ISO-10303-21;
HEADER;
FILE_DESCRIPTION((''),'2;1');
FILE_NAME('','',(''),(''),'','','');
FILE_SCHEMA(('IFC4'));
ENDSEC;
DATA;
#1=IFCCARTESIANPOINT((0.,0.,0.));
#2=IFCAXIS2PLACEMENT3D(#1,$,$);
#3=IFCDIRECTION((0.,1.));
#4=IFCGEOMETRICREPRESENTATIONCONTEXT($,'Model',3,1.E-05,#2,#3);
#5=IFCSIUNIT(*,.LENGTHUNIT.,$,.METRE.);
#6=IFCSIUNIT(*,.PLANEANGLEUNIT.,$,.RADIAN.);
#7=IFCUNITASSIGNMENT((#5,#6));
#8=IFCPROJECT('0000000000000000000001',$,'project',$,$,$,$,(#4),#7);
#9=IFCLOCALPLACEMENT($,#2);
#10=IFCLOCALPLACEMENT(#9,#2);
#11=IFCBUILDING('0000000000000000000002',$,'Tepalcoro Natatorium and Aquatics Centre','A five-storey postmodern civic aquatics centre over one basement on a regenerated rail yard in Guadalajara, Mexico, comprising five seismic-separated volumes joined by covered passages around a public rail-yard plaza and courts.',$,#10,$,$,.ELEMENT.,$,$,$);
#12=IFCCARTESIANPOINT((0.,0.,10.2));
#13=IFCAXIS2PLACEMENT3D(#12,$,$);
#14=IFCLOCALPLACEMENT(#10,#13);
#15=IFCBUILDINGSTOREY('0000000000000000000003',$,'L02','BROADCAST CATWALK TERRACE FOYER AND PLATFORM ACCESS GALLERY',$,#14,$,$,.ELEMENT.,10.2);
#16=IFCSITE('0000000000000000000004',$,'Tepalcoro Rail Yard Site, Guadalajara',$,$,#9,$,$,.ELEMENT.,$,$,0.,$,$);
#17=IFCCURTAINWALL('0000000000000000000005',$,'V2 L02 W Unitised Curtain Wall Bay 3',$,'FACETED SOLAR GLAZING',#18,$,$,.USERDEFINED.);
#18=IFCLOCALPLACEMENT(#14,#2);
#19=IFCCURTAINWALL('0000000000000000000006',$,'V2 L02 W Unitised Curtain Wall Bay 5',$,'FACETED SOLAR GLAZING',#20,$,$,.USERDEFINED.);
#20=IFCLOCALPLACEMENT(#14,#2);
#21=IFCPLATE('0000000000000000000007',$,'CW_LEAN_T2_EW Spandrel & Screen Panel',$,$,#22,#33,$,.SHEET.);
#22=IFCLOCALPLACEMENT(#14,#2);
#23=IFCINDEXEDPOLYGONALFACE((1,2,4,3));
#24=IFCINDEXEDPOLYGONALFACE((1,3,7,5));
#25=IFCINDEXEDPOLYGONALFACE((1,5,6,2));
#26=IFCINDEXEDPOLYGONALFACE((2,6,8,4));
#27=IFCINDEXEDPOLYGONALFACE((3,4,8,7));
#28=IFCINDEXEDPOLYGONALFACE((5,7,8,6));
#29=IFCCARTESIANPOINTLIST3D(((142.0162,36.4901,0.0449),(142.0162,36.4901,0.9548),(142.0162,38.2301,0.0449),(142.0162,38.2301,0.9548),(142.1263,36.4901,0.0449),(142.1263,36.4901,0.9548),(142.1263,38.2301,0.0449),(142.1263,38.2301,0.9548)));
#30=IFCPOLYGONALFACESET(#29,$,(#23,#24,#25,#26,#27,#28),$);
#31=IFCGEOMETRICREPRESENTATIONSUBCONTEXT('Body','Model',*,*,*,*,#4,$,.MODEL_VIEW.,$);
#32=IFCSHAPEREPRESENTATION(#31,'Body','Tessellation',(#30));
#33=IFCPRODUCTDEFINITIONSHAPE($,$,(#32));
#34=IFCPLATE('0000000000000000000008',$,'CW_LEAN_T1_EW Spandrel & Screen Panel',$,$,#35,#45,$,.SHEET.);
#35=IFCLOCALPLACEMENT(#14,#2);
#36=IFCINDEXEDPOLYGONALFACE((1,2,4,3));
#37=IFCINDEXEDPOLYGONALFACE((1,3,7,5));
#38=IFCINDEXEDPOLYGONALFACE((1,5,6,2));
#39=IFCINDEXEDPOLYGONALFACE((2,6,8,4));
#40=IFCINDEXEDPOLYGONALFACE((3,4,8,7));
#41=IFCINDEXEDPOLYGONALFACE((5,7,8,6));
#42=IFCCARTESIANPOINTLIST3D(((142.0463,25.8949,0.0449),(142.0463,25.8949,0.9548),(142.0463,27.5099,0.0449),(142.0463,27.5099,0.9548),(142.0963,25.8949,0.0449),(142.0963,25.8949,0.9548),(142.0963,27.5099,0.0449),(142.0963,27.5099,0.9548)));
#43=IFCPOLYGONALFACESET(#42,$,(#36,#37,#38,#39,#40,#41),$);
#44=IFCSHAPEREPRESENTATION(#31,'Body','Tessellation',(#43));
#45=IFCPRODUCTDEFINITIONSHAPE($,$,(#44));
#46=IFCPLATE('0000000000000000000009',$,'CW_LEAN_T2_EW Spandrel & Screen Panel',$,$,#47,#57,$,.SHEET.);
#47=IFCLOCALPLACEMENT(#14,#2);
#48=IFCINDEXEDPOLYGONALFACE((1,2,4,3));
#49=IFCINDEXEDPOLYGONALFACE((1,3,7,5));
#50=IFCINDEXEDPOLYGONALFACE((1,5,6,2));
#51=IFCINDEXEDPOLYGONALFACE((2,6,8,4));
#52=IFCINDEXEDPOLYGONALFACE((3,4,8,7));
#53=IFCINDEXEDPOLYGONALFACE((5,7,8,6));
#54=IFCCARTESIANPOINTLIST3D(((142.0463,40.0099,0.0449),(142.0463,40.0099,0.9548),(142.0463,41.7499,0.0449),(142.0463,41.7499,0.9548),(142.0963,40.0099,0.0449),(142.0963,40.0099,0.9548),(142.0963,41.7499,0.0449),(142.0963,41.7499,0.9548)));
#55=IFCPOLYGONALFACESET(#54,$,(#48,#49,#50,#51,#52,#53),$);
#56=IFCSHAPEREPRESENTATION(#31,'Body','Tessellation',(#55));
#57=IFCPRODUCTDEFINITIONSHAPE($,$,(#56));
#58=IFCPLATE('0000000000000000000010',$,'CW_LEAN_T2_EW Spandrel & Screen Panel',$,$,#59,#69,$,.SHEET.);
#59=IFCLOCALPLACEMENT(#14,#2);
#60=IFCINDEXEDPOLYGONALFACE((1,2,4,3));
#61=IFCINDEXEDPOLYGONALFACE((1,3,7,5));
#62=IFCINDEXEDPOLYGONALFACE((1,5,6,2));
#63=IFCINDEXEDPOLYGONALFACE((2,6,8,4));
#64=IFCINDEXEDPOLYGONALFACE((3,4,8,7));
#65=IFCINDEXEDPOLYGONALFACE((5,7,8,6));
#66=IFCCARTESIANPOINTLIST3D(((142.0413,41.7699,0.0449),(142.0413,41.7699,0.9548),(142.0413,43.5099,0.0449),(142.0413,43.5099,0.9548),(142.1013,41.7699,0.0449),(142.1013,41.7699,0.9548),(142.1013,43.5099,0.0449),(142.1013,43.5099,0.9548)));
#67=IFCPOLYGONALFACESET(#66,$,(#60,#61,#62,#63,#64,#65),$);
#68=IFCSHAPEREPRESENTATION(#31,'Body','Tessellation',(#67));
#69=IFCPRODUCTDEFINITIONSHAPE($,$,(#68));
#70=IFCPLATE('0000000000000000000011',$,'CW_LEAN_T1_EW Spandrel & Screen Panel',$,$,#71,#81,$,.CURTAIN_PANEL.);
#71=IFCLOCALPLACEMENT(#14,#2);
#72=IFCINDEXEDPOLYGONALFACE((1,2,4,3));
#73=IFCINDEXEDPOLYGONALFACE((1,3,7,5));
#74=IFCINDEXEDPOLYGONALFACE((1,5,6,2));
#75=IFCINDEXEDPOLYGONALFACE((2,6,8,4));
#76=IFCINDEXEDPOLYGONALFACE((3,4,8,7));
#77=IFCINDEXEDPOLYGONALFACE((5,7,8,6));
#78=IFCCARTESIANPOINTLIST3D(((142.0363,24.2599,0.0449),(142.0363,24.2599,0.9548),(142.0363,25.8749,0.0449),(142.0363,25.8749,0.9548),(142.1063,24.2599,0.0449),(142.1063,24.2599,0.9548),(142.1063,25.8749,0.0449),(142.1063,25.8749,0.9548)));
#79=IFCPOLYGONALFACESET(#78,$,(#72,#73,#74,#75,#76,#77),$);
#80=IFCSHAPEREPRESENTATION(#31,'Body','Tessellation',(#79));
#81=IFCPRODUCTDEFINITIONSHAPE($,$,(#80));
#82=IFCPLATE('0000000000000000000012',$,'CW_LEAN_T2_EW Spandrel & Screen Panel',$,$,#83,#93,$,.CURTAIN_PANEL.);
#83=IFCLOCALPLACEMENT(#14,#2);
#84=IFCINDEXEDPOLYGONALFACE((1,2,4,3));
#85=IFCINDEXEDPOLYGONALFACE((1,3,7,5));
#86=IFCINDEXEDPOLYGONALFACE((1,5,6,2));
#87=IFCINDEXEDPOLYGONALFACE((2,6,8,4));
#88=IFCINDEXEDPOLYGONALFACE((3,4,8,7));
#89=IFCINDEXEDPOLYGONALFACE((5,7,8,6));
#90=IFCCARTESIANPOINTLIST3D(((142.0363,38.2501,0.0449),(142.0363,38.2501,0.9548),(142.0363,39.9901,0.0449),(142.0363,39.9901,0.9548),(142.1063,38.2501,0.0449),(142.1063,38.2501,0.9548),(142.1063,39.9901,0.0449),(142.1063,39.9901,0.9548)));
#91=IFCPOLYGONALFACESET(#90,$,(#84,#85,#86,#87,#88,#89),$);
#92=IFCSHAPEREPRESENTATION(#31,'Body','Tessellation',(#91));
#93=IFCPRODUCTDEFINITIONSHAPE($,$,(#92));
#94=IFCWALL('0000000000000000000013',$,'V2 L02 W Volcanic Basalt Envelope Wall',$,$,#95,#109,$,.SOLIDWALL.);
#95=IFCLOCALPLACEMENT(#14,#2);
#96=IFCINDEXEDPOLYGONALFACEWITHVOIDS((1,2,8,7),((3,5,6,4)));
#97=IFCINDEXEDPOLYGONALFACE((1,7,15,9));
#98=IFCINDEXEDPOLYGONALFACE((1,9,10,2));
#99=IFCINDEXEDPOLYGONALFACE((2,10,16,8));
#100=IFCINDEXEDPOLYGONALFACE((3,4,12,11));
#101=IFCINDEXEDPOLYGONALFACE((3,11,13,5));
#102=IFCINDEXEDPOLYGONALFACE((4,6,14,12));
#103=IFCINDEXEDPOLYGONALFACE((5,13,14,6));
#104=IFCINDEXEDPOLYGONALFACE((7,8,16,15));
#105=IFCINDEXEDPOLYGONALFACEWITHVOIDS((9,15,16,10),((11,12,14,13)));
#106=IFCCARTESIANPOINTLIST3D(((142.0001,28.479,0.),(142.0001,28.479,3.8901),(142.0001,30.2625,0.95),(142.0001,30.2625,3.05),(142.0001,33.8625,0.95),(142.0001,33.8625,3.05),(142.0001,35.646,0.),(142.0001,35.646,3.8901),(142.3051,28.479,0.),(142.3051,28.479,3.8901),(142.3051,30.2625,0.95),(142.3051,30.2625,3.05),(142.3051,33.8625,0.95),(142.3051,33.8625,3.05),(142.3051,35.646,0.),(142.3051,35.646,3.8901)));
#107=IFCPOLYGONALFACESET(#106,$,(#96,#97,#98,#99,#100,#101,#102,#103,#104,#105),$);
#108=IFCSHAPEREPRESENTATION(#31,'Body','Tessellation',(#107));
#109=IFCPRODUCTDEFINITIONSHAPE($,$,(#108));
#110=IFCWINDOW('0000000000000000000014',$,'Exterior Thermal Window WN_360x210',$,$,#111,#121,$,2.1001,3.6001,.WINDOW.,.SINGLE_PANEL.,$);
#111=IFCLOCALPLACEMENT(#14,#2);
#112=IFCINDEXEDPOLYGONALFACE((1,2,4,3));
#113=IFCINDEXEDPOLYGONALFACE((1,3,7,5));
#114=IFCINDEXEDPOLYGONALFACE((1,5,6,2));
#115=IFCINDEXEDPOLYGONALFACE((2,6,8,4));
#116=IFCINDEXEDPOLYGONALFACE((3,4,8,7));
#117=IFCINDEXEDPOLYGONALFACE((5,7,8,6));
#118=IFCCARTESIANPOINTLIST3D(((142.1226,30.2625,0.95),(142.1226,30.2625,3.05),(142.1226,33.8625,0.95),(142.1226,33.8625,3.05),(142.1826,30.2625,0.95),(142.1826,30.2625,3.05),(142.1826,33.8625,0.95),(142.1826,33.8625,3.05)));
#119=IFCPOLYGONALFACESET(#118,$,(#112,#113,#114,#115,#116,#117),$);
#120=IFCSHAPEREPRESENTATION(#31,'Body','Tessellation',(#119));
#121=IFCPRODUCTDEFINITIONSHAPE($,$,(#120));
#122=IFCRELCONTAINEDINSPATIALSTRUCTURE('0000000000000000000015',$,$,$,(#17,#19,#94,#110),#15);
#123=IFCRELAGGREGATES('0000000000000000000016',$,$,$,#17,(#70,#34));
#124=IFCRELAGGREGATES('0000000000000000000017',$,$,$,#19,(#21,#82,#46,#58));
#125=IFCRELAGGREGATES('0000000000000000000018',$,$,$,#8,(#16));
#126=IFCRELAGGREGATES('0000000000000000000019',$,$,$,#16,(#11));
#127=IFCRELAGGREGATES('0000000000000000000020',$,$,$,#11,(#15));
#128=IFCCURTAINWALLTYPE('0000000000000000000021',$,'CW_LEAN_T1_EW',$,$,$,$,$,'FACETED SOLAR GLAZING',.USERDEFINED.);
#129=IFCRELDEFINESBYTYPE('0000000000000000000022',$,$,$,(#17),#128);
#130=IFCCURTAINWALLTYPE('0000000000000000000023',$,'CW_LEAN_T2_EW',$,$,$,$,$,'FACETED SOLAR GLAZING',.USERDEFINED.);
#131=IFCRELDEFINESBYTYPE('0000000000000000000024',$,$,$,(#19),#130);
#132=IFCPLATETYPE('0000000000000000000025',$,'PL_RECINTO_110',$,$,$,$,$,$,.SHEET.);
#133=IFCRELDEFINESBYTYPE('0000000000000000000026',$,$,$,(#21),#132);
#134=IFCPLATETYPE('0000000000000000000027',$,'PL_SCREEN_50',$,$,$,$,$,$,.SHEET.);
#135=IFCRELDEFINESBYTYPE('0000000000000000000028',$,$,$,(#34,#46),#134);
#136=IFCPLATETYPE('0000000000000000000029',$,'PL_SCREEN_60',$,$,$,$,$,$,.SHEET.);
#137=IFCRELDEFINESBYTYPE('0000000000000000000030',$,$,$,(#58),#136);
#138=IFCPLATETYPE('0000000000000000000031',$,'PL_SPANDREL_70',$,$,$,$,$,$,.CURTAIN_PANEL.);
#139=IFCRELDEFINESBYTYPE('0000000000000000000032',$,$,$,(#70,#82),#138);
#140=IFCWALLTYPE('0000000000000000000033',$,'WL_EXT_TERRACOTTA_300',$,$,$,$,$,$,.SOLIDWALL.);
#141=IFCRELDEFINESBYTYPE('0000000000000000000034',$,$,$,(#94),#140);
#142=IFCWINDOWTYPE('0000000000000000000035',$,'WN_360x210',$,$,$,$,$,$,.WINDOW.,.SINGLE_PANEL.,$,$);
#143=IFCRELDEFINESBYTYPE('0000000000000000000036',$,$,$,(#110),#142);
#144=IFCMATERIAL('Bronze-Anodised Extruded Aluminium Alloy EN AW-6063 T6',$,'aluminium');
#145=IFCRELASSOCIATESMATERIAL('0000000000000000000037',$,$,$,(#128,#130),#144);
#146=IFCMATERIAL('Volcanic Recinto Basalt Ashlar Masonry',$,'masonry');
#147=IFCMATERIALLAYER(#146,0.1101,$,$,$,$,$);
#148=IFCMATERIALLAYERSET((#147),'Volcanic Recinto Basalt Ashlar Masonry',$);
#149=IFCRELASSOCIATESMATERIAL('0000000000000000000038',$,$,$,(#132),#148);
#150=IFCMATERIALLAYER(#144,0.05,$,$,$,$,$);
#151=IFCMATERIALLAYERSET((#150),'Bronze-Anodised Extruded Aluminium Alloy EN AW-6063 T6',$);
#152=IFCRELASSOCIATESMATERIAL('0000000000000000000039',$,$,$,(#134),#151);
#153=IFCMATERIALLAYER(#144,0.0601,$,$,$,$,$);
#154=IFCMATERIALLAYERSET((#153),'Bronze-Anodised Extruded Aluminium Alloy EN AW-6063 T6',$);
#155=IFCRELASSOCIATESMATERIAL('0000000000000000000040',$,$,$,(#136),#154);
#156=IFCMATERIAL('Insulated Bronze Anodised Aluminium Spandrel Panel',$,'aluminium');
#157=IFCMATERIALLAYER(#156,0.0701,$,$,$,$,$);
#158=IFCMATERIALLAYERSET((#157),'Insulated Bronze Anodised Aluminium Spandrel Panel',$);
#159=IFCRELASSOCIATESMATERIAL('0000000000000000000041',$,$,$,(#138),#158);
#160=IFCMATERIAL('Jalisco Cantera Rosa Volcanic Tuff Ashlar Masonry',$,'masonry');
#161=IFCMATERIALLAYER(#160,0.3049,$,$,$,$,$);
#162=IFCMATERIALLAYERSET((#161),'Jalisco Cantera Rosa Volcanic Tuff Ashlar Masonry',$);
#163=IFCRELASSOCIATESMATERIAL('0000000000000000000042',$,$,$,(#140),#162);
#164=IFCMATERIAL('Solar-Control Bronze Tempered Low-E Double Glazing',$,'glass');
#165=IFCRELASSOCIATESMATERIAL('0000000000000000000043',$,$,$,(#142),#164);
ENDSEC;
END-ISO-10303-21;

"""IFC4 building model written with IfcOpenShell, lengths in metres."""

from ifc_helpers import new_model, si_unit, direction, frame, frame_2d, origin, origin_2d, place, context, subcontext, project, spatial, rectangle, extrude, material, layer, layer_set, type_object, element, fill, aggregate, save


model = new_model("IFC4")

# Units and contexts
model_context = context("Model", 3, precision=1e-05, world=origin(), true_north=direction((0.0, 1.0)))
body_context = subcontext(model_context, "Body", "Model", "MODEL_VIEW")
ifc_project = project(units=[si_unit("LENGTHUNIT", "METRE"), si_unit("PLANEANGLEUNIT", "RADIAN")], contexts=[model_context])

# Site, building, storey
site_placement = place(None, origin())
site = spatial("IfcSite", under=ifc_project, at=site_placement, Name="Tepalcoro Rail Yard Site, Guadalajara", CompositionType="ELEMENT", RefElevation=0.0)
building_placement = place(site_placement, origin())
building = spatial("IfcBuilding", under=site, at=building_placement, Name="Tepalcoro Natatorium and Aquatics Centre", Description="A five-storey postmodern civic aquatics centre over one basement on a regenerated rail yard in Guadalajara, Mexico, comprising five seismic-separated volumes joined by covered passages around a public rail-yard plaza and courts.", CompositionType="ELEMENT")
storey_placement = place(building_placement, frame((0.0, 0.0, 10.2)))
storey = spatial("IfcBuildingStorey", under=building, at=storey_placement, Name="L02", Description="BROADCAST CATWALK TERRACE FOYER AND PLATFORM ACCESS GALLERY", CompositionType="ELEMENT", Elevation=10.2)

# Curtain walls
ifc_material_1 = material(Name="Bronze-Anodised Extruded Aluminium Alloy EN AW-6063 T6", Category="aluminium")
curtain_wall_type_1 = type_object("IfcCurtainWallType", Name="CW_LEAN_T1_EW", ElementType="FACETED SOLAR GLAZING", PredefinedType="USERDEFINED", material=ifc_material_1)
curtain_wall_1_placement = place(storey_placement, origin())
curtain_wall_1 = element("IfcCurtainWall", 1, at=curtain_wall_1_placement, inside=storey, type_object=curtain_wall_type_1, Name="V2 L02 W Unitised Curtain Wall Bay 3", ObjectType="FACETED SOLAR GLAZING", PredefinedType="USERDEFINED")
curtain_wall_type_2 = type_object("IfcCurtainWallType", Name="CW_LEAN_T2_EW", ElementType="FACETED SOLAR GLAZING", PredefinedType="USERDEFINED", material=ifc_material_1)
curtain_wall_2_placement = place(storey_placement, origin())
curtain_wall_2 = element("IfcCurtainWall", 2, at=curtain_wall_2_placement, inside=storey, type_object=curtain_wall_type_2, Name="V2 L02 W Unitised Curtain Wall Bay 5", ObjectType="FACETED SOLAR GLAZING", PredefinedType="USERDEFINED")

# Plates
ifc_material_2 = material(Name="Solar-Control Bronze Tempered Low-E Double Glazing", Category="glass")
ifc_material_3 = material(Name="Jalisco Cantera Rosa Volcanic Tuff Ashlar Masonry", Category="masonry")
ifc_material_4 = material(Name="Volcanic Recinto Basalt Ashlar Masonry", Category="masonry")
ifc_layer_1 = layer(ifc_material_4, 0.1101)
ifc_layer_set_1 = layer_set([ifc_layer_1], Name="Volcanic Recinto Basalt Ashlar Masonry")
plate_type_1 = type_object("IfcPlateType", Name="PL_RECINTO_110", PredefinedType="SHEET", material=ifc_layer_set_1)
plate_1_placement = place(storey_placement, frame((142.0713, 37.3601, 0.0449), z_axis=(0.0, 0.0, 1.0), x_axis=(1.0, 0.0, 0.0)))
plate_1 = element("IfcPlate", 3, at=plate_1_placement, type_object=plate_type_1, Name="CW_LEAN_T2_EW Spandrel & Screen Panel", PredefinedType="SHEET", context=body_context, shape_type="SweptSolid", body=[
    extrude(rectangle(XDim=0.1101, YDim=1.74, at=origin_2d()), origin(), (0.0, 0.0, 1.0), 0.9099),
])
ifc_layer_2 = layer(ifc_material_1, 0.05)
ifc_layer_set_2 = layer_set([ifc_layer_2], Name="Bronze-Anodised Extruded Aluminium Alloy EN AW-6063 T6")
plate_type_2 = type_object("IfcPlateType", Name="PL_SCREEN_50", PredefinedType="SHEET", material=ifc_layer_set_2)
plate_2_placement = place(storey_placement, frame((142.0713, 26.7024, 0.0449), z_axis=(0.0, 0.0, 1.0), x_axis=(1.0, 0.0, 0.0)))
plate_2 = element("IfcPlate", 4, at=plate_2_placement, type_object=plate_type_2, Name="CW_LEAN_T1_EW Spandrel & Screen Panel", PredefinedType="SHEET", context=body_context, shape_type="SweptSolid", body=[
    extrude(rectangle(XDim=0.05, YDim=1.615, at=origin_2d()), origin(), (0.0, 0.0, 1.0), 0.9099),
])
plate_3_placement = place(storey_placement, frame((142.0713, 40.8799, 0.0449), z_axis=(0.0, 0.0, 1.0), x_axis=(1.0, 0.0, 0.0)))
plate_3 = element("IfcPlate", 5, at=plate_3_placement, type_object=plate_type_2, Name="CW_LEAN_T2_EW Spandrel & Screen Panel", PredefinedType="SHEET", context=body_context, shape_type="SweptSolid", body=[
    extrude(rectangle(XDim=0.05, YDim=1.74, at=origin_2d()), origin(), (0.0, 0.0, 1.0), 0.9099),
])
ifc_layer_3 = layer(ifc_material_1, 0.0601)
ifc_layer_set_3 = layer_set([ifc_layer_3], Name="Bronze-Anodised Extruded Aluminium Alloy EN AW-6063 T6")
plate_type_3 = type_object("IfcPlateType", Name="PL_SCREEN_60", PredefinedType="SHEET", material=ifc_layer_set_3)
plate_4_placement = place(storey_placement, frame((142.0713, 42.6399, 0.0449), z_axis=(0.0, 0.0, 1.0), x_axis=(1.0, 0.0, 0.0)))
plate_4 = element("IfcPlate", 6, at=plate_4_placement, type_object=plate_type_3, Name="CW_LEAN_T2_EW Spandrel & Screen Panel", PredefinedType="SHEET", context=body_context, shape_type="SweptSolid", body=[
    extrude(rectangle(XDim=0.0601, YDim=1.74, at=origin_2d()), origin(), (0.0, 0.0, 1.0), 0.9099),
])
ifc_material_5 = material(Name="Insulated Bronze Anodised Aluminium Spandrel Panel", Category="aluminium")
ifc_layer_4 = layer(ifc_material_5, 0.0701)
ifc_layer_set_4 = layer_set([ifc_layer_4], Name="Insulated Bronze Anodised Aluminium Spandrel Panel")
plate_type_4 = type_object("IfcPlateType", Name="PL_SPANDREL_70", PredefinedType="CURTAIN_PANEL", material=ifc_layer_set_4)
plate_5_placement = place(storey_placement, frame((142.0713, 25.0674, 0.0449), z_axis=(0.0, 0.0, 1.0), x_axis=(1.0, 0.0, 0.0)))
plate_5 = element("IfcPlate", 7, at=plate_5_placement, type_object=plate_type_4, Name="CW_LEAN_T1_EW Spandrel & Screen Panel", PredefinedType="CURTAIN_PANEL", context=body_context, shape_type="SweptSolid", body=[
    extrude(rectangle(XDim=0.0701, YDim=1.615, at=origin_2d()), origin(), (0.0, 0.0, 1.0), 0.9099),
])
aggregate(curtain_wall_1, [plate_5, plate_2])
plate_6_placement = place(storey_placement, frame((142.0713, 39.1201, 0.0449), z_axis=(0.0, 0.0, 1.0), x_axis=(1.0, 0.0, 0.0)))
plate_6 = element("IfcPlate", 8, at=plate_6_placement, type_object=plate_type_4, Name="CW_LEAN_T2_EW Spandrel & Screen Panel", PredefinedType="CURTAIN_PANEL", context=body_context, shape_type="SweptSolid", body=[
    extrude(rectangle(XDim=0.0701, YDim=1.74, at=origin_2d()), origin(), (0.0, 0.0, 1.0), 0.9099),
])
aggregate(curtain_wall_2, [plate_1, plate_6, plate_3, plate_4])

# Wall, opening, window
ifc_layer_5 = layer(ifc_material_3, 0.3049)
ifc_layer_set_5 = layer_set([ifc_layer_5], Name="Jalisco Cantera Rosa Volcanic Tuff Ashlar Masonry")
wall_type = type_object("IfcWallType", Name="WL_EXT_TERRACOTTA_300", PredefinedType="SOLIDWALL", material=ifc_layer_set_5)
wall_placement = place(storey_placement, frame((142.1526, 28.479, 0.0), z_axis=(0.0, 0.0, 1.0), x_axis=(0.0, 1.0, 0.0)))
wall = element("IfcWall", 9, at=wall_placement, inside=storey, type_object=wall_type, Name="V2 L02 W Volcanic Basalt Envelope Wall", PredefinedType="SOLIDWALL", context=body_context, shape_type="SweptSolid", body=[
    extrude(rectangle(XDim=7.167, YDim=0.3049, at=frame_2d((3.5835, 0.0))), origin(), (0.0, 0.0, 1.0), 3.8901),
])
opening_placement = place(wall_placement, frame((1.7834, 0.0, 0.95)))
opening = element("IfcOpeningElement", 10, at=opening_placement, cuts=wall, PredefinedType="OPENING", context=body_context, shape_type="SweptSolid", body=[
    extrude(rectangle(XDim=3.6001, YDim=2.1001, at=frame_2d((1.8, 1.05))), frame((0.0, 0.1646, 0.0), z_axis=(0.0, -1.0, 0.0), x_axis=(1.0, 0.0, 0.0)), (0.0, 0.0, 1.0), 0.3289),
])
window_type = type_object("IfcWindowType", Name="WN_360x210", PartitioningType="SINGLE_PANEL", PredefinedType="WINDOW", material=ifc_material_2)
window_placement = place(opening_placement, origin())
window = element("IfcWindow", 11, at=window_placement, inside=storey, type_object=window_type, Name="Exterior Thermal Window WN_360x210", OverallHeight=2.1001, OverallWidth=3.6001, PartitioningType="SINGLE_PANEL", PredefinedType="WINDOW", context=body_context, shape_type="SweptSolid", body=[
    extrude(rectangle(XDim=3.6001, YDim=2.1001, at=frame_2d((1.8, 1.05))), frame((0.0, 0.03, 0.0), z_axis=(0.0, -1.0, 0.0), x_axis=(1.0, 0.0, 0.0)), (0.0, 0.0, 1.0), 0.0601),
])
fill(opening, window)

save(model, "model.ifc")
